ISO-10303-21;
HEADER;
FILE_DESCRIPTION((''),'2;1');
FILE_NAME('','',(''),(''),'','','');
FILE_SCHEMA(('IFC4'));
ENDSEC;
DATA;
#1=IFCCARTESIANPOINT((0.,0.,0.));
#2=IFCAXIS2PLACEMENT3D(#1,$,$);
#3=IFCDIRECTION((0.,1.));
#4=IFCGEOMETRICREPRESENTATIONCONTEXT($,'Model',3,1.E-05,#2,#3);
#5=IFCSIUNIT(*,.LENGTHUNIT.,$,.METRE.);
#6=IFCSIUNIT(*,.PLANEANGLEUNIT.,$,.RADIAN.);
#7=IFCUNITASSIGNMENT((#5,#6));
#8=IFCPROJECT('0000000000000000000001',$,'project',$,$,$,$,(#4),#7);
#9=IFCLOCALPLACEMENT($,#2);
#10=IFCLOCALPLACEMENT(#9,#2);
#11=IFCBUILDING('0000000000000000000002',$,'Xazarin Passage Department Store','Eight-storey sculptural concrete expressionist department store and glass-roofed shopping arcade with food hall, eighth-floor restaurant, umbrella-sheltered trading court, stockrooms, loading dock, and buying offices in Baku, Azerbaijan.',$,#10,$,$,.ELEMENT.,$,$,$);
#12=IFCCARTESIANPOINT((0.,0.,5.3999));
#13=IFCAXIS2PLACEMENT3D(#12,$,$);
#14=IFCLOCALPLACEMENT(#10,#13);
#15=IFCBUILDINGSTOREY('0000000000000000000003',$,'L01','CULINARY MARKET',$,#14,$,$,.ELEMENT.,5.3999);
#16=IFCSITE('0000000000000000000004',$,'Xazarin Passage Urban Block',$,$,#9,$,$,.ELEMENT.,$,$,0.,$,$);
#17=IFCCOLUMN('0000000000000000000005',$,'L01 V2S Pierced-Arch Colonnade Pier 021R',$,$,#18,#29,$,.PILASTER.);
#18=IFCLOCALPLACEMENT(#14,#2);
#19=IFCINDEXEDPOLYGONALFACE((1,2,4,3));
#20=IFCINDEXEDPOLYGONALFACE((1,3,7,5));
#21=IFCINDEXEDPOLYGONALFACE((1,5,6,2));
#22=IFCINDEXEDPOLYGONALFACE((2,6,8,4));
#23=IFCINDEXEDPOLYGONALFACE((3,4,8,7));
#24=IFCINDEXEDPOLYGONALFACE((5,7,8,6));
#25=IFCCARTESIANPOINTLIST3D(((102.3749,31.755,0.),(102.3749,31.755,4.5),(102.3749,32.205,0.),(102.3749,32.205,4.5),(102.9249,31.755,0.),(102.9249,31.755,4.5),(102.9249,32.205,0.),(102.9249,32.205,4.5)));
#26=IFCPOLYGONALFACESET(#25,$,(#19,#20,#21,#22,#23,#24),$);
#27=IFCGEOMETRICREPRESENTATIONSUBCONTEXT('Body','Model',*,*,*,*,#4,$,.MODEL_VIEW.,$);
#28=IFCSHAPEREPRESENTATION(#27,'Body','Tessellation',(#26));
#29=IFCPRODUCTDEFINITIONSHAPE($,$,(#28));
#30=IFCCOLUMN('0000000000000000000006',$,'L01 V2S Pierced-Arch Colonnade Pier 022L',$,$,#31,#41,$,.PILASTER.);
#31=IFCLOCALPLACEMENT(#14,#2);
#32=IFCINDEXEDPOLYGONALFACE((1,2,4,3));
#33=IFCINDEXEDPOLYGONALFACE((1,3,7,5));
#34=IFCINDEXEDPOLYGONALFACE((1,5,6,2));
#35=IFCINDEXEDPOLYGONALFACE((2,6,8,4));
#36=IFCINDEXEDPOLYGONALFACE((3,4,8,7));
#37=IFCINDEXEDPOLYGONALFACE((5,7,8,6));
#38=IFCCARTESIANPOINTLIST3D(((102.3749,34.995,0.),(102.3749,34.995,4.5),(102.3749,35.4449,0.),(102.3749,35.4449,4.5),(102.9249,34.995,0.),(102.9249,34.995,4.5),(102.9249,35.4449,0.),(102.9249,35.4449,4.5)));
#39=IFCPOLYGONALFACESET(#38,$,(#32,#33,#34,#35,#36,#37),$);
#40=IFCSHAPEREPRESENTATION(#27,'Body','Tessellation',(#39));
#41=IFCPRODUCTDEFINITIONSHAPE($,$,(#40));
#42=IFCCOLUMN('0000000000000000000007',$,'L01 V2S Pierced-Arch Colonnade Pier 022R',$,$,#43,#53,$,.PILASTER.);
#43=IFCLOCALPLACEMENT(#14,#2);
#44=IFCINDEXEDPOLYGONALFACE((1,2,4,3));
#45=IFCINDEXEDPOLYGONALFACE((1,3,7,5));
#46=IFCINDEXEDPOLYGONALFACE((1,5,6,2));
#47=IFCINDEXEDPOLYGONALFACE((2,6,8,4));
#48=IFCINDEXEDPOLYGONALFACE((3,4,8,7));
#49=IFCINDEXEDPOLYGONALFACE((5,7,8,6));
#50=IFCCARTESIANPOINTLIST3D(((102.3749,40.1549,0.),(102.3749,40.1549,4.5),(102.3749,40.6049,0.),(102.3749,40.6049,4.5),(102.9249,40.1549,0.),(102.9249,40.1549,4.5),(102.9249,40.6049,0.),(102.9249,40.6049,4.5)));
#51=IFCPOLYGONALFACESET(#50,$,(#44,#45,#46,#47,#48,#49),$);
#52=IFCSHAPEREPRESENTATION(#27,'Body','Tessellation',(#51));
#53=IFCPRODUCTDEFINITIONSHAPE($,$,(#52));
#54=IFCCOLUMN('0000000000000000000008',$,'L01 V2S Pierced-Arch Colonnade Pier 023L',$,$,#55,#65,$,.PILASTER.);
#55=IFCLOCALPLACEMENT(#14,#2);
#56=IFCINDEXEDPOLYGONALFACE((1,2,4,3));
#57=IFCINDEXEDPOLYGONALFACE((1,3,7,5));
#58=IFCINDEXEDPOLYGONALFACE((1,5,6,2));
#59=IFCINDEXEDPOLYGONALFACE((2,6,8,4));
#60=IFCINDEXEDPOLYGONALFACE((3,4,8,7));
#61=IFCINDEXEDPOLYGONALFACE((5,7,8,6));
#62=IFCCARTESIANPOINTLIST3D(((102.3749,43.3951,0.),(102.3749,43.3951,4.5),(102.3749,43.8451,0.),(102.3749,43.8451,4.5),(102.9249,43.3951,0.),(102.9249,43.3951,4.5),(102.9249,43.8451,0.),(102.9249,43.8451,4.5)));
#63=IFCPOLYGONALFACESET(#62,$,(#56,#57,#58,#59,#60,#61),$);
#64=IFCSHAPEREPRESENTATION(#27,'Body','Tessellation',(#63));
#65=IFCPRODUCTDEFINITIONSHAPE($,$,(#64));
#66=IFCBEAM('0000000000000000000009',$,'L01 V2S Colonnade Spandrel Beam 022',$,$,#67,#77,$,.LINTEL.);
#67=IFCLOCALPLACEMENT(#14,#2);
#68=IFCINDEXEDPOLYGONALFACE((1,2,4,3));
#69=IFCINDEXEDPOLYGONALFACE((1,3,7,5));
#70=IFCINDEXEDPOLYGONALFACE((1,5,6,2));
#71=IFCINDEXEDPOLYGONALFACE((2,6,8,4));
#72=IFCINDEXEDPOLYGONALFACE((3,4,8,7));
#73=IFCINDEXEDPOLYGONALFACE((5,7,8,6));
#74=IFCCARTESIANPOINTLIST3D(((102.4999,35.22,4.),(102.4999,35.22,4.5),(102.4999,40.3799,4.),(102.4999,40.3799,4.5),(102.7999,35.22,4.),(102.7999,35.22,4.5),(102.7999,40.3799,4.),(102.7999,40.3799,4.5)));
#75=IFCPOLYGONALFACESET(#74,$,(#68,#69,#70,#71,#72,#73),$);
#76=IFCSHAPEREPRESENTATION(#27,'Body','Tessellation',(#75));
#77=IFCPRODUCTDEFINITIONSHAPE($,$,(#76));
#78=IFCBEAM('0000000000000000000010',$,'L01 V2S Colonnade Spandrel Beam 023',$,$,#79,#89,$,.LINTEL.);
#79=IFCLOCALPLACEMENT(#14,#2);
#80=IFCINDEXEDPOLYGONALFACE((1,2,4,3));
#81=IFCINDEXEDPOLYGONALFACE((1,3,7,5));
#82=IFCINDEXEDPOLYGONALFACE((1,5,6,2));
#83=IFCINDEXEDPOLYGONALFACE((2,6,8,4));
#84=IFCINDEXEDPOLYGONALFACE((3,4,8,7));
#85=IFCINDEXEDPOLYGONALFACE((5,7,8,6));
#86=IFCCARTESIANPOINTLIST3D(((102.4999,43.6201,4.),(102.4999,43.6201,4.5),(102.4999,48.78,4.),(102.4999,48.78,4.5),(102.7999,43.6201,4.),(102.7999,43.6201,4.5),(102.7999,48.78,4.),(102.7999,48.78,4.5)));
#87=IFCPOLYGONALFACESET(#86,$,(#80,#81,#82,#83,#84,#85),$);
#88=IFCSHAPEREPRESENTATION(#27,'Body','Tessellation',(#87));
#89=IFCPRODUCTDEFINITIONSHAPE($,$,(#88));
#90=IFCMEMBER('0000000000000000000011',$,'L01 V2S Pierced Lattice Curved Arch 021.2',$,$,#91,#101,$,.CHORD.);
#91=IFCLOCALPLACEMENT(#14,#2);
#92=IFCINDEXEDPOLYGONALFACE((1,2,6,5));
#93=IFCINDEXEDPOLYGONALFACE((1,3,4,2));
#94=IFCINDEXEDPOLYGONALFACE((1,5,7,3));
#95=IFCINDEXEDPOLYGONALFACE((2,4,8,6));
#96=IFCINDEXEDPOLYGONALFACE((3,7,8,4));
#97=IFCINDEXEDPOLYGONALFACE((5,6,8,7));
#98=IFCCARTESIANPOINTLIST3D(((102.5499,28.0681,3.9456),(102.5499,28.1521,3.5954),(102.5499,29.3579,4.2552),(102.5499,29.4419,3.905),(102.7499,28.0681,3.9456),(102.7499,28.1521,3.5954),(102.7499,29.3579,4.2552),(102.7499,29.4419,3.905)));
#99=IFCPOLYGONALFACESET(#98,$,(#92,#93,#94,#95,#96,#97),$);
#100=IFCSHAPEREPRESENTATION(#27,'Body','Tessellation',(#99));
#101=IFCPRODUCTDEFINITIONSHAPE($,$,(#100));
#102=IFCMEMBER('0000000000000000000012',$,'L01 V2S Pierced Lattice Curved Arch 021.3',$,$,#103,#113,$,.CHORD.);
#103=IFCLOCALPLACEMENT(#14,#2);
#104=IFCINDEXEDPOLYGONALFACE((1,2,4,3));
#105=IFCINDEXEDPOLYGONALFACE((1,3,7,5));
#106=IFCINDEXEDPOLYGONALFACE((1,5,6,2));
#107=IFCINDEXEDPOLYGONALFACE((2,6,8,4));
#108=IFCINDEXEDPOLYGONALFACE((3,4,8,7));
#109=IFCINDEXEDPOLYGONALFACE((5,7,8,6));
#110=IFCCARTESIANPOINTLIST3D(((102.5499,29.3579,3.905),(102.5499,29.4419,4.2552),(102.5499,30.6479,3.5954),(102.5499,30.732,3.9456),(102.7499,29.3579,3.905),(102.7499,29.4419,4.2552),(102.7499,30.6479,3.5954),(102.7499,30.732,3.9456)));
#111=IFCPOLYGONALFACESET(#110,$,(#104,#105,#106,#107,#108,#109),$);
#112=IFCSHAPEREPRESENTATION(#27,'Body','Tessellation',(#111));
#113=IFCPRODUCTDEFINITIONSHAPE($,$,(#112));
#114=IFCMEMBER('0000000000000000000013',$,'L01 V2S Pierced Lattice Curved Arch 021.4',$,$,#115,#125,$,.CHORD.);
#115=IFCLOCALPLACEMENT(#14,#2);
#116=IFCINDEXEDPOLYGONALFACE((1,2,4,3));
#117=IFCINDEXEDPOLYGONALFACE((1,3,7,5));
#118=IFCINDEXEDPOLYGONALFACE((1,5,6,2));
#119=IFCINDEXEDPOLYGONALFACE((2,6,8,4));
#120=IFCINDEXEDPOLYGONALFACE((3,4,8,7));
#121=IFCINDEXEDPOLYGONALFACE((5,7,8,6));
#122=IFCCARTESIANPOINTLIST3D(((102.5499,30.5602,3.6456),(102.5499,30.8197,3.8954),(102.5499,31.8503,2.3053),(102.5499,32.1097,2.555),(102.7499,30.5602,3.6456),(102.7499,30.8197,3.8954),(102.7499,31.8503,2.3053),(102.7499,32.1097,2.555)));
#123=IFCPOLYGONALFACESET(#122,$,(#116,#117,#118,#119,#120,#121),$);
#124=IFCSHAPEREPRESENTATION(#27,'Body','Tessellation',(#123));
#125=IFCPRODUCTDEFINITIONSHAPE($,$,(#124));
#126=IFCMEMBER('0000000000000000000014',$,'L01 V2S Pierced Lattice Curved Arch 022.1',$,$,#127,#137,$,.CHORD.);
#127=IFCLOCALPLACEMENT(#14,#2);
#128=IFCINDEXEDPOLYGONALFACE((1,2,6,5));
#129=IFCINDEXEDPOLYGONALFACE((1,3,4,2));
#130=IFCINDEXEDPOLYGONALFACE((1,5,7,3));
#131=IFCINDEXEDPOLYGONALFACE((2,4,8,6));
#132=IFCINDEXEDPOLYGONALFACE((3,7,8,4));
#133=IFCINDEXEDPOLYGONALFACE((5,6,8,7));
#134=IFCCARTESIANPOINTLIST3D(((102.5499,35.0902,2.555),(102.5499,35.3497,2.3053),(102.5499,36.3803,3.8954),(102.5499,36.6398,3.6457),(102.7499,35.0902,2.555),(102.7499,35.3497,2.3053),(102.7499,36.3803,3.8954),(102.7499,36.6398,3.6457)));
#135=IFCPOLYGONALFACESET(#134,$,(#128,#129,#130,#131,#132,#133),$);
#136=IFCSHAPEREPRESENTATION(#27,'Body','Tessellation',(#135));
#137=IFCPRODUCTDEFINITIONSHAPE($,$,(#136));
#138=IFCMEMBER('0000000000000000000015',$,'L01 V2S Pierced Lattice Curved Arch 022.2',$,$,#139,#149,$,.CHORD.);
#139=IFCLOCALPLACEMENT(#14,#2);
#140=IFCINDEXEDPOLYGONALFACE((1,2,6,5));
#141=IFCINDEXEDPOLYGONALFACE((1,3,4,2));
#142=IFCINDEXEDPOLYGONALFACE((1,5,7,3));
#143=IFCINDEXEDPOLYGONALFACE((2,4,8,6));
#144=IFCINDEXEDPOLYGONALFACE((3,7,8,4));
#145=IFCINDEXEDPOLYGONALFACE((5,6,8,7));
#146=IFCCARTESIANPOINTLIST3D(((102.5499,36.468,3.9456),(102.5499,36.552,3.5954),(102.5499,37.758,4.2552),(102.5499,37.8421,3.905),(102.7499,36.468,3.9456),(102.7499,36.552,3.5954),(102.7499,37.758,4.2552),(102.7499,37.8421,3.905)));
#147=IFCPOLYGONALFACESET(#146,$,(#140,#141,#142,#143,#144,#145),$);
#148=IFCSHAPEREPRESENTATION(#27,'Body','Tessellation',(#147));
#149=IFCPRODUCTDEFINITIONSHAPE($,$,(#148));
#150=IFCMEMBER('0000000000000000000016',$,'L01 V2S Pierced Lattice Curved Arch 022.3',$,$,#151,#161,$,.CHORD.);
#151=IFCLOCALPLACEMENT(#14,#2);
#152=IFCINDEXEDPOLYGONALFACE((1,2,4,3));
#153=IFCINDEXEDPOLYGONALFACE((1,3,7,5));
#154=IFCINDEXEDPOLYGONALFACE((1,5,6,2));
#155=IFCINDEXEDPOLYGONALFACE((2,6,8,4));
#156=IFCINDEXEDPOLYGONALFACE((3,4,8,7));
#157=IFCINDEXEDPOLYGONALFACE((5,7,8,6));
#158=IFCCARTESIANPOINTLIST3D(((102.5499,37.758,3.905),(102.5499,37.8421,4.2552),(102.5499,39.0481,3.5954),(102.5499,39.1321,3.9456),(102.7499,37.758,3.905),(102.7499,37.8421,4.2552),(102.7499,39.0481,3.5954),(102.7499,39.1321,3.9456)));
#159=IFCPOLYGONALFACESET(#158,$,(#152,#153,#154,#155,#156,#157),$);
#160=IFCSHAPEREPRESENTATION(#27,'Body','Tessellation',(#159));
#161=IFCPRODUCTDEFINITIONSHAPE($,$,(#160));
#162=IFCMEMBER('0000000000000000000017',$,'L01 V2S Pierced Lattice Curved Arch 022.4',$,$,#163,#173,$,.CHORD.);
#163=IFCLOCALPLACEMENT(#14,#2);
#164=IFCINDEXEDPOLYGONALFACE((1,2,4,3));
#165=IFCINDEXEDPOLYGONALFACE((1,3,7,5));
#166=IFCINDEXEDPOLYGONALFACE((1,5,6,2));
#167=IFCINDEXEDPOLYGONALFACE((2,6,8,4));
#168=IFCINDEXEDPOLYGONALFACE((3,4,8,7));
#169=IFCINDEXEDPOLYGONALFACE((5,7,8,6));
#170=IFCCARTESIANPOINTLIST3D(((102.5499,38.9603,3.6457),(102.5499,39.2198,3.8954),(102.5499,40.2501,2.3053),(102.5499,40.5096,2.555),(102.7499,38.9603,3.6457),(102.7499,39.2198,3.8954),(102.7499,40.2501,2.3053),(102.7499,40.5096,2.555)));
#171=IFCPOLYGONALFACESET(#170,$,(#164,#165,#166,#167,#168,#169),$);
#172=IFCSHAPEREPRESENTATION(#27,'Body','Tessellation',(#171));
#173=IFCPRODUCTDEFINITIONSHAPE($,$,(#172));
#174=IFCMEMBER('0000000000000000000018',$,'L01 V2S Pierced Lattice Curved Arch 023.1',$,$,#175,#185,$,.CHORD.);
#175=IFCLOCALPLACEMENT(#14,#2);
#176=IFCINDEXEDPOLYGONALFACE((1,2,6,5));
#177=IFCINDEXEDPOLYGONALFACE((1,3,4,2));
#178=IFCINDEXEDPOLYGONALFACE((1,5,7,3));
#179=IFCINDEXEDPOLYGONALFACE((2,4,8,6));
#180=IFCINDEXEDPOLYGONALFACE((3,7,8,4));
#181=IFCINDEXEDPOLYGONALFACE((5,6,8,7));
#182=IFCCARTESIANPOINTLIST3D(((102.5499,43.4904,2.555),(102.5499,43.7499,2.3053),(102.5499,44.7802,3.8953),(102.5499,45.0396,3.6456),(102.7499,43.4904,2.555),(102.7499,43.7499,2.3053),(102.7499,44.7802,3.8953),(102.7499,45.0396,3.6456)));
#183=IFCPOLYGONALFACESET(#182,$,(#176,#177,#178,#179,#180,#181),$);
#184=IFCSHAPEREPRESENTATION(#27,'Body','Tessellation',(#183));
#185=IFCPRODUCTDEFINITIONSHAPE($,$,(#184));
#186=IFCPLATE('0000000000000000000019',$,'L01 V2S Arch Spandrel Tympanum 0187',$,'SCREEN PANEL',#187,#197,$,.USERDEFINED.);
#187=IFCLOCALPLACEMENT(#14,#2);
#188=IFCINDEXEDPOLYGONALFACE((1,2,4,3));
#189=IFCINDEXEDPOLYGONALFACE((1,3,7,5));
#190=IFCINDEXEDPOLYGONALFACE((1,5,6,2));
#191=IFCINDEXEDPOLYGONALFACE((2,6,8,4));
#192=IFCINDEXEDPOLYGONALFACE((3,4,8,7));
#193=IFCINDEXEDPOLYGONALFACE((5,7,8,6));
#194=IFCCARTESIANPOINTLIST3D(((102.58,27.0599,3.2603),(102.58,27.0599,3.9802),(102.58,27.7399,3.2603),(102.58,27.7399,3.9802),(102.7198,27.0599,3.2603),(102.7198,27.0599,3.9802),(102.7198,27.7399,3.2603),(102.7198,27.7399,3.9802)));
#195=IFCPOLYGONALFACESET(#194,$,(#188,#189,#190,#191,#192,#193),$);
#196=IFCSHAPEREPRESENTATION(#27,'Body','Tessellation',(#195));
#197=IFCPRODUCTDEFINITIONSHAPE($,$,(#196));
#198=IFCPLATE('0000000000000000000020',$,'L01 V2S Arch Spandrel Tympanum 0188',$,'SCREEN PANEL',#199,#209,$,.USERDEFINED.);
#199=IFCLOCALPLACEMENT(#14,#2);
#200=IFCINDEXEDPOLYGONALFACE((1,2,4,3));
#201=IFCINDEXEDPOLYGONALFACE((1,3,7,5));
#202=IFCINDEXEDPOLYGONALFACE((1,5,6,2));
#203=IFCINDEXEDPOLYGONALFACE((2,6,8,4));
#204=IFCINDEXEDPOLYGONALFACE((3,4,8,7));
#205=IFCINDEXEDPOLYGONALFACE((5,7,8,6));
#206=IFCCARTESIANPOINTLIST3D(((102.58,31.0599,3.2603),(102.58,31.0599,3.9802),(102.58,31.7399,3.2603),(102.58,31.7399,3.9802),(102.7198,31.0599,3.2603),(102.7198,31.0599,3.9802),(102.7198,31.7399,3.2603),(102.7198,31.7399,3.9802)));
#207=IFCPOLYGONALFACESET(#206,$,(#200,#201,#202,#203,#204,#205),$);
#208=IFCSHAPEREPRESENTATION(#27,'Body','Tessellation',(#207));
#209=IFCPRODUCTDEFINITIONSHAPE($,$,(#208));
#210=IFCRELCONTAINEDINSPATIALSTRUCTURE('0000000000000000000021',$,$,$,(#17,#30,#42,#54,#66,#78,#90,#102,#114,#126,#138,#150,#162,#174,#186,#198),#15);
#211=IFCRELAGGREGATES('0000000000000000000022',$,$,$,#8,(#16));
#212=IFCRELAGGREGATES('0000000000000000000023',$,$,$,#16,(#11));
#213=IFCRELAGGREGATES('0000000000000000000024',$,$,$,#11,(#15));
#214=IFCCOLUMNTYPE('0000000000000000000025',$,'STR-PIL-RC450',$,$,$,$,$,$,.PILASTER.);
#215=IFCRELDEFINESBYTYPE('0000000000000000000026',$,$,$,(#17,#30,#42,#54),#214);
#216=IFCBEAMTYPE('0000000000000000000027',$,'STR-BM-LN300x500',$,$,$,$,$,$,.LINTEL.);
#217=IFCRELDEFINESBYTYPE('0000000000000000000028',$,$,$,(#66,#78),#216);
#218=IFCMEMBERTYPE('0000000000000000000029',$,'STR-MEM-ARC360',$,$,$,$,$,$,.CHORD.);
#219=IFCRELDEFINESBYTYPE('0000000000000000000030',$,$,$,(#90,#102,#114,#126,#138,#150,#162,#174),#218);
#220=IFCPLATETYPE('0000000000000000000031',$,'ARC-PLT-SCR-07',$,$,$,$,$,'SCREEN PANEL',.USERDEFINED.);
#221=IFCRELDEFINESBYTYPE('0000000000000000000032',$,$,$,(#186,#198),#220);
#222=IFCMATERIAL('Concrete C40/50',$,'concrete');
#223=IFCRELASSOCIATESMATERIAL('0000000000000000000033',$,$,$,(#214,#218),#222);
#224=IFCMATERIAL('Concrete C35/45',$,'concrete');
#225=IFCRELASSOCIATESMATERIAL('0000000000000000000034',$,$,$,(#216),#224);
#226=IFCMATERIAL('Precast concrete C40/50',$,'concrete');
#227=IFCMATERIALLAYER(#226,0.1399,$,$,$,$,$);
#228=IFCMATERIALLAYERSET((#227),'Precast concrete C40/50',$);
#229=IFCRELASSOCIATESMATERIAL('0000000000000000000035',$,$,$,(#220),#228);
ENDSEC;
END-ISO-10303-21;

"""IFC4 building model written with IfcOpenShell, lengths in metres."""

from ifc_helpers import new_model, si_unit, direction, frame, origin, origin_2d, place, context, subcontext, project, spatial, rectangle, extrude, material, layer, layer_set, material_profile, profile_set, type_object, element, save


model = new_model("IFC4")

# Units and contexts
model_context = context("Model", 3, precision=1e-05, world=origin(), true_north=direction((0.0, 1.0)))
body_context = subcontext(model_context, "Body", "Model", "MODEL_VIEW")
ifc_project = project(units=[si_unit("LENGTHUNIT", "METRE"), si_unit("PLANEANGLEUNIT", "RADIAN")], contexts=[model_context])

# Site, building, storey
site_placement = place(None, origin())
site = spatial("IfcSite", under=ifc_project, at=site_placement, Name="Xazarin Passage Urban Block", CompositionType="ELEMENT", RefElevation=0.0)
building_placement = place(site_placement, origin())
building = spatial("IfcBuilding", under=site, at=building_placement, Name="Xazarin Passage Department Store", Description="Eight-storey sculptural concrete expressionist department store and glass-roofed shopping arcade with food hall, eighth-floor restaurant, umbrella-sheltered trading court, stockrooms, loading dock, and buying offices in Baku, Azerbaijan.", CompositionType="ELEMENT")
storey_placement = place(building_placement, frame((0.0, 0.0, 5.3999)))
storey = spatial("IfcBuildingStorey", under=building, at=storey_placement, Name="L01", Description="CULINARY MARKET", CompositionType="ELEMENT", Elevation=5.3999)

# Columns
ifc_material_1 = material(Name="Concrete C40/50", Category="concrete")
ifc_material_profile_1 = material_profile(ifc_material_1, rectangle(XDim=0.45, YDim=0.55, at=origin_2d()), Name="RC 450x550")
ifc_profile_set_1 = profile_set([ifc_material_profile_1], Name="Concrete C40/50")
column_type = type_object("IfcColumnType", Name="STR-PIL-RC450", PredefinedType="PILASTER", material=ifc_profile_set_1)
for number, where, z_axis, x_axis, name in (
    (1, (102.6499, 31.98, 0.0), (0.0, 0.0, 1.0), (0.0, 1.0, 0.0), "L01 V2S Pierced-Arch Colonnade Pier 021R"),
    (2, (102.6499, 35.22, 0.0), (0.0, 0.0, 1.0), (0.0, 1.0, 0.0), "L01 V2S Pierced-Arch Colonnade Pier 022L"),
    (3, (102.6499, 40.3799, 0.0), (0.0, 0.0, 1.0), (0.0, 1.0, 0.0), "L01 V2S Pierced-Arch Colonnade Pier 022R"),
    (4, (102.6499, 43.6201, 0.0), (0.0, 0.0, 1.0), (0.0, 1.0, 0.0), "L01 V2S Pierced-Arch Colonnade Pier 023L"),
):
    element("IfcColumn", number, at=place(storey_placement, frame(where, z_axis=z_axis, x_axis=x_axis)), inside=storey, type_object=column_type, Name=name, PredefinedType="PILASTER", context=body_context, shape_type="SweptSolid", body=[
        extrude(rectangle(XDim=0.45, YDim=0.55, at=origin_2d()), origin(), (0.0, 0.0, 1.0), 4.5),
    ])

# Beams
ifc_material_2 = material(Name="Concrete C35/45", Category="concrete")
ifc_material_profile_2 = material_profile(ifc_material_2, rectangle(XDim=0.3, YDim=0.5, at=origin_2d()), Name="RC 300x500")
ifc_profile_set_2 = profile_set([ifc_material_profile_2], Name="Concrete C35/45")
beam_type = type_object("IfcBeamType", Name="STR-BM-LN300x500", PredefinedType="LINTEL", material=ifc_profile_set_2)
for number, where, z_axis, x_axis, name in (
    (5, (102.6499, 35.22, 4.25), (0.0, 1.0, 0.0), (-1.0, 0.0, 0.0), "L01 V2S Colonnade Spandrel Beam 022"),
    (6, (102.6499, 43.6201, 4.25), (0.0, 1.0, 0.0), (-1.0, 0.0, 0.0), "L01 V2S Colonnade Spandrel Beam 023"),
):
    element("IfcBeam", number, at=place(storey_placement, frame(where, z_axis=z_axis, x_axis=x_axis)), inside=storey, type_object=beam_type, Name=name, PredefinedType="LINTEL", context=body_context, shape_type="SweptSolid", body=[
        extrude(rectangle(XDim=0.3, YDim=0.5, at=origin_2d()), origin(), (0.0, 0.0, 1.0), 5.1599),
    ])

# Members
ifc_material_profile_3 = material_profile(ifc_material_1, rectangle(XDim=0.2, YDim=0.3601, at=origin_2d()), Name="RC 200x360")
ifc_profile_set_3 = profile_set([ifc_material_profile_3], Name="Concrete C40/50")
member_type = type_object("IfcMemberType", Name="STR-MEM-ARC360", PredefinedType="CHORD", material=ifc_profile_set_3)
member_1_placement = place(storey_placement, frame((102.6499, 28.1101, 3.7705), z_axis=(0.0, 0.972384, 0.233387), x_axis=(-1.0, 0.0, 0.0)))
element("IfcMember", 7, at=member_1_placement, inside=storey, type_object=member_type, Name="L01 V2S Pierced Lattice Curved Arch 021.2", PredefinedType="CHORD", context=body_context, shape_type="SweptSolid", body=[
    extrude(rectangle(XDim=0.2, YDim=0.3601, at=origin_2d()), origin(), (0.0, 0.0, 1.0), 1.3264),
])
member_2_placement = place(storey_placement, frame((102.6499, 29.3999, 4.0801), z_axis=(0.0, 0.972394, -0.233345), x_axis=(-1.0, 0.0, 0.0)))
element("IfcMember", 8, at=member_2_placement, inside=storey, type_object=member_type, Name="L01 V2S Pierced Lattice Curved Arch 021.3", PredefinedType="CHORD", context=body_context, shape_type="SweptSolid", body=[
    extrude(rectangle(XDim=0.2, YDim=0.3601, at=origin_2d()), origin(), (0.0, 0.0, 1.0), 1.3267),
])
for number, where, z_axis, x_axis, name in (
    (9, (102.6499, 30.6899, 3.7705), (0.0, 0.69346, -0.720495), (-1.0, 0.0, 0.0), "L01 V2S Pierced Lattice Curved Arch 021.4"),
    (10, (102.6499, 35.22, 2.4302), (0.0, 0.69346, 0.720495), (-1.0, 0.0, 0.0), "L01 V2S Pierced Lattice Curved Arch 022.1"),
):
    element("IfcMember", number, at=place(storey_placement, frame(where, z_axis=z_axis, x_axis=x_axis)), inside=storey, type_object=member_type, Name=name, PredefinedType="CHORD", context=body_context, shape_type="SweptSolid", body=[
        extrude(rectangle(XDim=0.2, YDim=0.3601, at=origin_2d()), origin(), (0.0, 0.0, 1.0), 1.8604),
    ])
for number, where, z_axis, x_axis, name in (
    (11, (102.6499, 36.51, 3.7705), (0.0, 0.972394, 0.233345), (-1.0, 0.0, 0.0), "L01 V2S Pierced Lattice Curved Arch 022.2"),
    (12, (102.6499, 37.8, 4.0801), (0.0, 0.972394, -0.233345), (-1.0, 0.0, 0.0), "L01 V2S Pierced Lattice Curved Arch 022.3"),
):
    element("IfcMember", number, at=place(storey_placement, frame(where, z_axis=z_axis, x_axis=x_axis)), inside=storey, type_object=member_type, Name=name, PredefinedType="CHORD", context=body_context, shape_type="SweptSolid", body=[
        extrude(rectangle(XDim=0.2, YDim=0.3601, at=origin_2d()), origin(), (0.0, 0.0, 1.0), 1.3267),
    ])
for number, where, z_axis, x_axis, name in (
    (13, (102.6499, 39.0901, 3.7705), (0.0, 0.693392, -0.720561), (-1.0, 0.0, 0.0), "L01 V2S Pierced Lattice Curved Arch 022.4"),
    (14, (102.6499, 43.6201, 2.4302), (0.0, 0.693392, 0.720561), (-1.0, 0.0, 0.0), "L01 V2S Pierced Lattice Curved Arch 023.1"),
):
    element("IfcMember", number, at=place(storey_placement, frame(where, z_axis=z_axis, x_axis=x_axis)), inside=storey, type_object=member_type, Name=name, PredefinedType="CHORD", context=body_context, shape_type="SweptSolid", body=[
        extrude(rectangle(XDim=0.2, YDim=0.3601, at=origin_2d()), origin(), (0.0, 0.0, 1.0), 1.8601),
    ])

# Plates
ifc_material_3 = material(Name="Precast concrete C40/50", Category="concrete")
ifc_layer_1 = layer(ifc_material_3, 0.1399)
ifc_layer_set_1 = layer_set([ifc_layer_1], Name="Precast concrete C40/50")
plate_type_1 = type_object("IfcPlateType", Name="ARC-PLT-SCR-07", ElementType="SCREEN PANEL", PredefinedType="USERDEFINED", material=ifc_layer_set_1)
for number, where, z_axis, x_axis, name in (
    (15, (102.6499, 27.3999, 3.2603), (0.0, 0.0, 1.0), (0.0, 1.0, 0.0), "L01 V2S Arch Spandrel Tympanum 0187"),
    (16, (102.6499, 31.3999, 3.2603), (0.0, 0.0, 1.0), (0.0, 1.0, 0.0), "L01 V2S Arch Spandrel Tympanum 0188"),
):
    element("IfcPlate", number, at=place(storey_placement, frame(where, z_axis=z_axis, x_axis=x_axis)), inside=storey, type_object=plate_type_1, Name=name, ObjectType="SCREEN PANEL", PredefinedType="USERDEFINED", context=body_context, shape_type="SweptSolid", body=[
        extrude(rectangle(XDim=0.6799, YDim=0.1399, at=origin_2d()), origin(), (0.0, 0.0, 1.0), 0.72),
    ])

save(model, "model.ifc")
